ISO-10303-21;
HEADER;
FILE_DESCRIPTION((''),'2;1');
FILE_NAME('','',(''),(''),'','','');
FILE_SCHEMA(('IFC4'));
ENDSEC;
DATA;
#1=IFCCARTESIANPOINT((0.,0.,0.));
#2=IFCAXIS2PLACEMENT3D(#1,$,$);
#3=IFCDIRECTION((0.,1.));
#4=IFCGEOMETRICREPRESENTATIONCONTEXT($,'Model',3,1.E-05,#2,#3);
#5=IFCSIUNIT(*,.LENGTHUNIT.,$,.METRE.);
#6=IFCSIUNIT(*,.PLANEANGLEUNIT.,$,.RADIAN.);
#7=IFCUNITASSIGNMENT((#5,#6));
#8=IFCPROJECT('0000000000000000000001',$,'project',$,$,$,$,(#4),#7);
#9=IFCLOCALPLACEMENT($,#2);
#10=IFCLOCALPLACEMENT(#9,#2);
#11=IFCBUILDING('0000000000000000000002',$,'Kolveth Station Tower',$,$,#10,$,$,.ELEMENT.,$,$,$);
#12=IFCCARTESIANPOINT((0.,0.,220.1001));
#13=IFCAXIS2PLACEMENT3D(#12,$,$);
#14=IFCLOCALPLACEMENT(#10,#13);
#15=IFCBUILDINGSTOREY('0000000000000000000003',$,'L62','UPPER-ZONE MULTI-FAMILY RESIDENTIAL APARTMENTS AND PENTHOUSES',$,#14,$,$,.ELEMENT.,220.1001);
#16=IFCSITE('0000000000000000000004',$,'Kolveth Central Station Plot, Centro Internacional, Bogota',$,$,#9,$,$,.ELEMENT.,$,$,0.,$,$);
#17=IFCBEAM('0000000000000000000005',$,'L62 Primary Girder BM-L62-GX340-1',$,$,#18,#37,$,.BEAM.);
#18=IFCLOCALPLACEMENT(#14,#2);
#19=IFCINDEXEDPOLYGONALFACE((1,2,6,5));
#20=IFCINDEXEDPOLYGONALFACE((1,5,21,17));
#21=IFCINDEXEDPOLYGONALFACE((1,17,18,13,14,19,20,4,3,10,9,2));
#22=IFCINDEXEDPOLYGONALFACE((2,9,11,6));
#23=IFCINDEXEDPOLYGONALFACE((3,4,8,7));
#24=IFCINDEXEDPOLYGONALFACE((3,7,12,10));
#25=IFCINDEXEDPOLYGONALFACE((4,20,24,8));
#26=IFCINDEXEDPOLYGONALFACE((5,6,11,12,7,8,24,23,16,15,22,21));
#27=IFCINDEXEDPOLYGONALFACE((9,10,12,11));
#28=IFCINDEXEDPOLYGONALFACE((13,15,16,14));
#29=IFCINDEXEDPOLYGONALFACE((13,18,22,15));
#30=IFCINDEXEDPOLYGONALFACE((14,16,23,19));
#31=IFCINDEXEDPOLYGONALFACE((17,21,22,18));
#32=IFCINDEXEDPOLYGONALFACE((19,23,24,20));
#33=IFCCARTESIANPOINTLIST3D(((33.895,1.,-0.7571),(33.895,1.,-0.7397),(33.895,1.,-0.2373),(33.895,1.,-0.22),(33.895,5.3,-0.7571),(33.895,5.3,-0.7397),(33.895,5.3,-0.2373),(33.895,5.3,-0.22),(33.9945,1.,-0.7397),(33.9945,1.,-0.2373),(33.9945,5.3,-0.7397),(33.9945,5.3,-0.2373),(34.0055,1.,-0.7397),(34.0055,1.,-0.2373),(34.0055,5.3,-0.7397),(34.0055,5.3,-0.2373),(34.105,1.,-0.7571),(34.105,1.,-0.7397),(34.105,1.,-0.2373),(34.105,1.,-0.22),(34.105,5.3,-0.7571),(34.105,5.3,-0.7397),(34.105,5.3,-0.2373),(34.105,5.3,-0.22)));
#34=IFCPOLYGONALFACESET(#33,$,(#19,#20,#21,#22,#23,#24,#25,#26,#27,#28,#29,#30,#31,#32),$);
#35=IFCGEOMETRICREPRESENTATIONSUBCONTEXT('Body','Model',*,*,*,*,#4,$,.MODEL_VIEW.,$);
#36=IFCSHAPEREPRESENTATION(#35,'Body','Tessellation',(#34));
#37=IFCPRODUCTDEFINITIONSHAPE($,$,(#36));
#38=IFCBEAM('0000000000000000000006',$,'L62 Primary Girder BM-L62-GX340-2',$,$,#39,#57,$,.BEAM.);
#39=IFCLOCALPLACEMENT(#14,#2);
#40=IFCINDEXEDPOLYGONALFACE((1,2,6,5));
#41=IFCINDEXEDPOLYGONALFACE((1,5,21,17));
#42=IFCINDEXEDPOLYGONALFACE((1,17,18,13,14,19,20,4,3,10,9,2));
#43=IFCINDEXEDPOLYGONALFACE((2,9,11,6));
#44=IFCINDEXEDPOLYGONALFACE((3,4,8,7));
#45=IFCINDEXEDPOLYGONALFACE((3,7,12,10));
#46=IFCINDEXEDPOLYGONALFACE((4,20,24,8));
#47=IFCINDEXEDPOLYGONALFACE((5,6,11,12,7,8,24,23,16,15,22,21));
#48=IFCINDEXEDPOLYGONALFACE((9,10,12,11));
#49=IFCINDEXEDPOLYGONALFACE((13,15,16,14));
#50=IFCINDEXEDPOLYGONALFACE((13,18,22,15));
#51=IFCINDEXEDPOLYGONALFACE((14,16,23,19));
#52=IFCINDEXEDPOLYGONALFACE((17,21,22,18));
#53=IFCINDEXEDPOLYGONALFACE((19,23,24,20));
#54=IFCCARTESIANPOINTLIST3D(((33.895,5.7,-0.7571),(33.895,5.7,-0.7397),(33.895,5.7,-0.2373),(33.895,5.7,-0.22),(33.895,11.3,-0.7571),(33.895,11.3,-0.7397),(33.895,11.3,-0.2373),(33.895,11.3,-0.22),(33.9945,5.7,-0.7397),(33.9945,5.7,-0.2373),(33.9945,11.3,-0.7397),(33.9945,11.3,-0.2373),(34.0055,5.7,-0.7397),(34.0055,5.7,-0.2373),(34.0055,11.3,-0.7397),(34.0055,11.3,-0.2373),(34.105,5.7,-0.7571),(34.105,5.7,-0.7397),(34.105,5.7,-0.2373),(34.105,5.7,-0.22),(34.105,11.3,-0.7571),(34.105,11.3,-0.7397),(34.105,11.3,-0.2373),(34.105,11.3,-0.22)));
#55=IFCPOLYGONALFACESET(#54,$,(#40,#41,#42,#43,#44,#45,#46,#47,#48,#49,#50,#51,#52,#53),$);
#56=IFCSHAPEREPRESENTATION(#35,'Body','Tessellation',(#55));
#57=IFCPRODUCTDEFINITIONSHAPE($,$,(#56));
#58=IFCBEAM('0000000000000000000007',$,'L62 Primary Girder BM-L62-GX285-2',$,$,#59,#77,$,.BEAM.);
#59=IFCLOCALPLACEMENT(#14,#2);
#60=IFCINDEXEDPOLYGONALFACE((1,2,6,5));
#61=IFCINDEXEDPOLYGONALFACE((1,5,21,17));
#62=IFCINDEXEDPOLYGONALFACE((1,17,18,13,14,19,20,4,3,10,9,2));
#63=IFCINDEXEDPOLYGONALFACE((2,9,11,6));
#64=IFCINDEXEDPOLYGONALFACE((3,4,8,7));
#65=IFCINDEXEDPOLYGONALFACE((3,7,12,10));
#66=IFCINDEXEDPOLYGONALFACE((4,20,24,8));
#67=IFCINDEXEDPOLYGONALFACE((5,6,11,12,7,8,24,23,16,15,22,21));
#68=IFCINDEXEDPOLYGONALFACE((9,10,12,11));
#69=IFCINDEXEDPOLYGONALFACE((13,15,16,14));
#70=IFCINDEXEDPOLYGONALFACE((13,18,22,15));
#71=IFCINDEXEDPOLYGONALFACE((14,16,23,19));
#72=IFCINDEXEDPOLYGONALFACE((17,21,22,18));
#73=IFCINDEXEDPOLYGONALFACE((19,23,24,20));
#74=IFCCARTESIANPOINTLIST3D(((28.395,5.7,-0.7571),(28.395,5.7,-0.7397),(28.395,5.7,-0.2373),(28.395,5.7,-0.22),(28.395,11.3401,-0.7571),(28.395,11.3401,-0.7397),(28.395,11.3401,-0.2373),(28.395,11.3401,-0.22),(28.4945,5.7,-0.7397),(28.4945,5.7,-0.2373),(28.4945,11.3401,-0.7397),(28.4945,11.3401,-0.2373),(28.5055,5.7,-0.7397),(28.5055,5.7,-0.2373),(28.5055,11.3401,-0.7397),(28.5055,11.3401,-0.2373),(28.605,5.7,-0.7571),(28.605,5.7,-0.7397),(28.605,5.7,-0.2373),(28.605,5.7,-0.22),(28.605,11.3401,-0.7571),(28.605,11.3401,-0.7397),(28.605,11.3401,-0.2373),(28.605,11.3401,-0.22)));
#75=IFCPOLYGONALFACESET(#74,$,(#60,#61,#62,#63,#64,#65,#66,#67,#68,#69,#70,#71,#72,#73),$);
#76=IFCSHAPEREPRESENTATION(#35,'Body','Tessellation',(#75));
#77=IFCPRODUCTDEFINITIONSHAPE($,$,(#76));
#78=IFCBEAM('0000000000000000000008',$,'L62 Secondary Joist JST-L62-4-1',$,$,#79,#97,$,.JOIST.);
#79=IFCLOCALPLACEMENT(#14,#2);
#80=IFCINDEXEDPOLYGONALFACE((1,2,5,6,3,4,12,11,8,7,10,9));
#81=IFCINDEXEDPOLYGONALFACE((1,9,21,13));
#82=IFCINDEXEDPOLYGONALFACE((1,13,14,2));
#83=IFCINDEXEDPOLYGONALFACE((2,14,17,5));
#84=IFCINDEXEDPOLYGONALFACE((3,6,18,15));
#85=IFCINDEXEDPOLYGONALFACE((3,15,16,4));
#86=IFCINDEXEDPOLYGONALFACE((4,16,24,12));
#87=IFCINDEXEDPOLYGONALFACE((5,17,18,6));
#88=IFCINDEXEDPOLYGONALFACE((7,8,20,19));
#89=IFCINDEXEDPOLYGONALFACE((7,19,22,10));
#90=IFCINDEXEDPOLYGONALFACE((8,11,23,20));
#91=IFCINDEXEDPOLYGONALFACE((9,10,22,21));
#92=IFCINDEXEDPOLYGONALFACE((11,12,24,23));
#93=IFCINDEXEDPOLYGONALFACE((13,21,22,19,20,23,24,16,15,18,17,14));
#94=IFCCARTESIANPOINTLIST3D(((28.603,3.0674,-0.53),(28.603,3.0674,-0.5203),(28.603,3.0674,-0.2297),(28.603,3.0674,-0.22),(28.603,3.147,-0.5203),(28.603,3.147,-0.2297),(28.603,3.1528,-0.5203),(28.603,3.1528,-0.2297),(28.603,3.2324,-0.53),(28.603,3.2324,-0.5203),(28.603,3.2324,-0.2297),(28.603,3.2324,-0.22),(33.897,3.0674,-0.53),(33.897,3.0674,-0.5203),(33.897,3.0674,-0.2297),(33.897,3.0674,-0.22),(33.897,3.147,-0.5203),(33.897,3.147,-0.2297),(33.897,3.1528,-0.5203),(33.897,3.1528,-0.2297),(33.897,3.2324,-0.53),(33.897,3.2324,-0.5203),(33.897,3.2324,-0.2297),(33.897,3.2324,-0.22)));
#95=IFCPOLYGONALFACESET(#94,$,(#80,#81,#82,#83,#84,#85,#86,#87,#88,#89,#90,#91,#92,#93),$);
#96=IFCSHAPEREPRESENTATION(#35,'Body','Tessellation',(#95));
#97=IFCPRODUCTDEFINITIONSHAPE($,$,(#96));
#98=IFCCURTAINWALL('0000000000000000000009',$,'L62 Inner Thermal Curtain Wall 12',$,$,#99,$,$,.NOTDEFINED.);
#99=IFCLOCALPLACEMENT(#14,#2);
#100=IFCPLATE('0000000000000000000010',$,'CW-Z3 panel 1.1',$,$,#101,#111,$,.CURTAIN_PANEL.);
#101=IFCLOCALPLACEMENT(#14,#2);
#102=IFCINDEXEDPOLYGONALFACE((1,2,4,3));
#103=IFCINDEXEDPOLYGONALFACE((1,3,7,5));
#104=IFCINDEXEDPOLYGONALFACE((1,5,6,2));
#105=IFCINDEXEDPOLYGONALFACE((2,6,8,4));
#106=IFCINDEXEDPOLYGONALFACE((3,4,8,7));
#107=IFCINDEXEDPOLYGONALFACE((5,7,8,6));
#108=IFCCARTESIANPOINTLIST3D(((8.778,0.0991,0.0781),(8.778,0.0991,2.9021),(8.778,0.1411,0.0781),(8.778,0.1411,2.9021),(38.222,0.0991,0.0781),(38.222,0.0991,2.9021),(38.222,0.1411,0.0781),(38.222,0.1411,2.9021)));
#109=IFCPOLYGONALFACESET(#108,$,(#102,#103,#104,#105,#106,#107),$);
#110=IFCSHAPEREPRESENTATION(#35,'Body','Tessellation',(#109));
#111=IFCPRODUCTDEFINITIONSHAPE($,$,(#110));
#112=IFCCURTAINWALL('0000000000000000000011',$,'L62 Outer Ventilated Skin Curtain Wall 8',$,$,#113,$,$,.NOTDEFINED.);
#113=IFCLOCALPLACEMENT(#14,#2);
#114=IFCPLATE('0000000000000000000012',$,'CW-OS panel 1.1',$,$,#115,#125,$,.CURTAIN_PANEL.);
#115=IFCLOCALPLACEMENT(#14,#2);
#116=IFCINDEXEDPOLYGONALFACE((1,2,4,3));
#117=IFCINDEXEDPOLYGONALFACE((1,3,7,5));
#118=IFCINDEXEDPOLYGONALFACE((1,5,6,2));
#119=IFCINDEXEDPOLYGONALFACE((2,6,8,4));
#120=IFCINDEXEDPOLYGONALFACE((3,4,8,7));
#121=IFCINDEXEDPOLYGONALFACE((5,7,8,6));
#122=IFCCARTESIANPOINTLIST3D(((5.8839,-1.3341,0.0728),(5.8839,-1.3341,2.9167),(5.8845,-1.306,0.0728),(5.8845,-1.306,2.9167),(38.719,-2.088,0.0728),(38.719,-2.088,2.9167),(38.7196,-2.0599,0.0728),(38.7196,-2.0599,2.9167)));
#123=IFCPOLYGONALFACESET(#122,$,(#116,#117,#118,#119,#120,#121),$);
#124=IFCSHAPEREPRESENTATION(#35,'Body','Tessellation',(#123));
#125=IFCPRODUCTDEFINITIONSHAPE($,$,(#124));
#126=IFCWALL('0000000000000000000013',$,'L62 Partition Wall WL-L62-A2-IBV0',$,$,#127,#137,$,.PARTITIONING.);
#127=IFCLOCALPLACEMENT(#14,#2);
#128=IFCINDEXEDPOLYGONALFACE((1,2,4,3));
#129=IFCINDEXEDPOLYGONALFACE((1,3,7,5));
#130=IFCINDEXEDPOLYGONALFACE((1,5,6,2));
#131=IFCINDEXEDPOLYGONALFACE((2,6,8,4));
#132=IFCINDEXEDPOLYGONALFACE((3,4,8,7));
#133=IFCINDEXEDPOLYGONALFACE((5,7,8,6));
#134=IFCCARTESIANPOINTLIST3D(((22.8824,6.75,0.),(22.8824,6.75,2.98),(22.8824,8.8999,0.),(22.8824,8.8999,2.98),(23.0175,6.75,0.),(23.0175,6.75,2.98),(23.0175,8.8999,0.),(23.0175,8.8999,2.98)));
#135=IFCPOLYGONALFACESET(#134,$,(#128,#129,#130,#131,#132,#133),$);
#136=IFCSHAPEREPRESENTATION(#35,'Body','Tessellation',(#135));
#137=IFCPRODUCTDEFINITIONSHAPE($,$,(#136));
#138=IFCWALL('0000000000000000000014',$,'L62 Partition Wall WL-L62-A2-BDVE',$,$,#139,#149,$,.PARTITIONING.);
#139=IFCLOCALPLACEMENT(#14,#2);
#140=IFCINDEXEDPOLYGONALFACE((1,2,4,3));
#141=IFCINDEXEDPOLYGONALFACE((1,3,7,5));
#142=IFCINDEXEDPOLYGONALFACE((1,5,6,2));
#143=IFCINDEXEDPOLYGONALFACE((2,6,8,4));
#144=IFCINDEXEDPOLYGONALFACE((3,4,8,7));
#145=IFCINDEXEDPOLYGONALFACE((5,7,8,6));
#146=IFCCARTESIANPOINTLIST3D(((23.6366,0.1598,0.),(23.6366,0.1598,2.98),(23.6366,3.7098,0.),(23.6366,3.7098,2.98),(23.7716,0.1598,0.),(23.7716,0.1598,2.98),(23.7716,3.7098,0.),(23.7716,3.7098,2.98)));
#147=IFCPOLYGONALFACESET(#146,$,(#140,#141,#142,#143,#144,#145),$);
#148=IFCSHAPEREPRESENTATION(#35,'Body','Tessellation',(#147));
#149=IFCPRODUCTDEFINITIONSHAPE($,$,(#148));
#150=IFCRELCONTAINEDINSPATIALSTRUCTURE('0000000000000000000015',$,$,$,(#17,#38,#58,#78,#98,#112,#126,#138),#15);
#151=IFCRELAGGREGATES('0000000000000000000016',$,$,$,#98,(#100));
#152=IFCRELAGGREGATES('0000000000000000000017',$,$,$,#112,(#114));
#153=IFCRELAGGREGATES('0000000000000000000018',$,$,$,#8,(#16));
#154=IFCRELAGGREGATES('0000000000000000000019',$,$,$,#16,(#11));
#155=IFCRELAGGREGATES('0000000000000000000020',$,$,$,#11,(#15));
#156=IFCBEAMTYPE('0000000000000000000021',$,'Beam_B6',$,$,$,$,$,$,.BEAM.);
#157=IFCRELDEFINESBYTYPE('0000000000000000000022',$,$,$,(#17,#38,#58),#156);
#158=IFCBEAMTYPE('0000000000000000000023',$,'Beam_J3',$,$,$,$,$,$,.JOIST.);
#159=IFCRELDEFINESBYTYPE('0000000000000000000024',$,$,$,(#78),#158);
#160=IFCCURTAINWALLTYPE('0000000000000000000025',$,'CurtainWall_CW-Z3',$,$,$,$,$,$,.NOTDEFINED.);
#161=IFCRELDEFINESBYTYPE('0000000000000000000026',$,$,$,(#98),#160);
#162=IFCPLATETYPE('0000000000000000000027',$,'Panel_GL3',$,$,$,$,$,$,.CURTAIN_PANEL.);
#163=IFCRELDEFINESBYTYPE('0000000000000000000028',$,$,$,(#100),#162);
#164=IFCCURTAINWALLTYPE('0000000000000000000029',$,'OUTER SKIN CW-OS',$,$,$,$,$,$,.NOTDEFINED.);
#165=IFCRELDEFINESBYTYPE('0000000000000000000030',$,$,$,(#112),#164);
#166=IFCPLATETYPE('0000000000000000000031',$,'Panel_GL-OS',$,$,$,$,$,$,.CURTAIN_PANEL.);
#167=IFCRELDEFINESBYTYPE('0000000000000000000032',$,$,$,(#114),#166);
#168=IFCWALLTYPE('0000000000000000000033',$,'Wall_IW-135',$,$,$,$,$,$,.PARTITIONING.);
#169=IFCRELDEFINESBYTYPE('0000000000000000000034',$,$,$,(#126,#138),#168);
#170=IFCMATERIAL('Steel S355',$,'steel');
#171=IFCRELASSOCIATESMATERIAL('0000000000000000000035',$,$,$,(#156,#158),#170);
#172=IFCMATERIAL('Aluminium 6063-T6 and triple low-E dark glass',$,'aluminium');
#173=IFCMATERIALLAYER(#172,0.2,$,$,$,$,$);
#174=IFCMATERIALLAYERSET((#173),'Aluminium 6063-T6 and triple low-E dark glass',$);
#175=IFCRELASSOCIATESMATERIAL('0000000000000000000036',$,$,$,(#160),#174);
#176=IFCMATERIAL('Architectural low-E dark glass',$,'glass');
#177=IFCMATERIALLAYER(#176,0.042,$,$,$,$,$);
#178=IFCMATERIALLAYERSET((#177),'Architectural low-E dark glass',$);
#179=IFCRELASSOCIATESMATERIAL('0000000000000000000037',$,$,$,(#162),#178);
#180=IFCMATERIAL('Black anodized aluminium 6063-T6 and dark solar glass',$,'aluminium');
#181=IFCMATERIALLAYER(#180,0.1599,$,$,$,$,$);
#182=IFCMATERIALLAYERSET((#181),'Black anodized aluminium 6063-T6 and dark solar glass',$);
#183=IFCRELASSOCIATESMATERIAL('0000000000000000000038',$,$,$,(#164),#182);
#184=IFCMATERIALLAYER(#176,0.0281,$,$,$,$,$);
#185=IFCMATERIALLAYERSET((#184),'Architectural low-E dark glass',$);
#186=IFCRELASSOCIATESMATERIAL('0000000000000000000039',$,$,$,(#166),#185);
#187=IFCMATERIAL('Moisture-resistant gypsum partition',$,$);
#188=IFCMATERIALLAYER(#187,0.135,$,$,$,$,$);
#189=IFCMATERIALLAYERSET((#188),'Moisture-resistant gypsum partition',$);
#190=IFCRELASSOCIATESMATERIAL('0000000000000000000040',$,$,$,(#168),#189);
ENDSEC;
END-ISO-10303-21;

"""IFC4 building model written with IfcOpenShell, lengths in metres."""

from ifc_helpers import new_model, si_unit, direction, frame, frame_2d, origin, origin_2d, place, context, subcontext, project, spatial, rectangle, i_section, extrude, source, transform, mapped, material, layer, layer_set, material_profile, profile_set, type_object, element, aggregate, save


model = new_model("IFC4")

# Units and contexts
model_context = context("Model", 3, precision=1e-05, world=origin(), true_north=direction((0.0, 1.0)))
body_context = subcontext(model_context, "Body", "Model", "MODEL_VIEW")
ifc_project = project(units=[si_unit("LENGTHUNIT", "METRE"), si_unit("PLANEANGLEUNIT", "RADIAN")], contexts=[model_context])

# Site, building, storey
site_placement = place(None, origin())
site = spatial("IfcSite", under=ifc_project, at=site_placement, Name="Kolveth Central Station Plot, Centro Internacional, Bogota", CompositionType="ELEMENT", RefElevation=0.0)
building_placement = place(site_placement, origin())
building = spatial("IfcBuilding", under=site, at=building_placement, Name="Kolveth Station Tower", CompositionType="ELEMENT")
storey_placement = place(building_placement, frame((0.0, 0.0, 220.1001)))
storey = spatial("IfcBuildingStorey", under=building, at=storey_placement, Name="L62", Description="UPPER-ZONE MULTI-FAMILY RESIDENTIAL APARTMENTS AND PENTHOUSES", CompositionType="ELEMENT", Elevation=220.1001)

# Shared definitions
ifc_material_1 = material(Name="Steel S355", Category="steel")

# Beams
ifc_material_profile_1 = material_profile(ifc_material_1, i_section(OverallWidth=0.21, OverallDepth=0.5371, WebThickness=0.011, FlangeThickness=0.0173, at=origin_2d()), Name="W530x101")
ifc_profile_set_1 = profile_set([ifc_material_profile_1], Name="Steel S355")
beam_type_1 = type_object("IfcBeamType", Name="Beam_B6", PredefinedType="BEAM", material=ifc_profile_set_1)
shared_shape_1 = source(origin(), body_context, "Body", "SweptSolid", [
    extrude(i_section(OverallWidth=0.21, OverallDepth=0.5371, WebThickness=0.011, FlangeThickness=0.0173, at=origin_2d()), origin(), (0.0, 0.0, 1.0), 4.3),
])
for number, where, z_axis, x_axis, name in (
    (1, (34.0, 1.0, -0.4885), (0.0, 1.0, 0.0), (-1.0, 0.0, 0.0), "L62 Primary Girder BM-L62-GX340-1"),
):
    element("IfcBeam", number, at=place(storey_placement, frame(where, z_axis=z_axis, x_axis=x_axis)), inside=storey, type_object=beam_type_1, Name=name, PredefinedType="BEAM", context=body_context, shape_type="MappedRepresentation", body=[
        mapped(shared_shape_1, transform((0.0, 0.0, 0.0), x_axis=(1.0, 0.0, 0.0), y_axis=(0.0, 1.0, 0.0), z_axis=(0.0, 0.0, 1.0), scale=1.0)),
    ])
shared_shape_2 = source(origin(), body_context, "Body", "SweptSolid", [
    extrude(i_section(OverallWidth=0.21, OverallDepth=0.5371, WebThickness=0.011, FlangeThickness=0.0173, at=origin_2d()), origin(), (0.0, 0.0, 1.0), 5.6001),
])
beam_1_placement = place(storey_placement, frame((34.0, 5.7, -0.4885), z_axis=(0.0, 1.0, 0.0), x_axis=(-1.0, 0.0, 0.0)))
element("IfcBeam", 2, at=beam_1_placement, inside=storey, type_object=beam_type_1, Name="L62 Primary Girder BM-L62-GX340-2", PredefinedType="BEAM", context=body_context, shape_type="MappedRepresentation", body=[
    mapped(shared_shape_2, transform((0.0, 0.0, 0.0), x_axis=(1.0, 0.0, 0.0), y_axis=(0.0, 1.0, 0.0), z_axis=(0.0, 0.0, 1.0), scale=1.0)),
])
shared_shape_3 = source(origin(), body_context, "Body", "SweptSolid", [
    extrude(i_section(OverallWidth=0.21, OverallDepth=0.5371, WebThickness=0.011, FlangeThickness=0.0173, at=origin_2d()), origin(), (0.0, 0.0, 1.0), 5.6401),
])
beam_2_placement = place(storey_placement, frame((28.5, 5.7, -0.4885), z_axis=(0.0, 1.0, 0.0), x_axis=(-1.0, 0.0, 0.0)))
element("IfcBeam", 3, at=beam_2_placement, inside=storey, type_object=beam_type_1, Name="L62 Primary Girder BM-L62-GX285-2", PredefinedType="BEAM", context=body_context, shape_type="MappedRepresentation", body=[
    mapped(shared_shape_3, transform((0.0, 0.0, 0.0), x_axis=(1.0, 0.0, 0.0), y_axis=(0.0, 1.0, 0.0), z_axis=(0.0, 0.0, 1.0), scale=1.0)),
])
ifc_material_profile_2 = material_profile(ifc_material_1, i_section(OverallWidth=0.165, OverallDepth=0.3101, WebThickness=0.0059, FlangeThickness=0.0098, at=origin_2d()), Name="W310x39")
ifc_profile_set_2 = profile_set([ifc_material_profile_2], Name="Steel S355")
beam_type_2 = type_object("IfcBeamType", Name="Beam_J3", PredefinedType="JOIST", material=ifc_profile_set_2)
shared_shape_4 = source(origin(), body_context, "Body", "SweptSolid", [
    extrude(i_section(OverallWidth=0.165, OverallDepth=0.3101, WebThickness=0.0059, FlangeThickness=0.0098, at=origin_2d()), origin(), (0.0, 0.0, 1.0), 5.2939),
])
beam_3_placement = place(storey_placement, frame((28.603, 3.1499, -0.375), z_axis=(1.0, 0.0, 0.0), x_axis=(0.0, 1.0, 0.0)))
element("IfcBeam", 4, at=beam_3_placement, inside=storey, type_object=beam_type_2, Name="L62 Secondary Joist JST-L62-4-1", PredefinedType="JOIST", context=body_context, shape_type="MappedRepresentation", body=[
    mapped(shared_shape_4, transform((0.0, 0.0, 0.0), x_axis=(1.0, 0.0, 0.0), y_axis=(0.0, 1.0, 0.0), z_axis=(0.0, 0.0, 1.0), scale=1.0)),
])

# Curtain walls, plates
ifc_material_2 = material(Name="Aluminium 6063-T6 and triple low-E dark glass", Category="aluminium")
ifc_layer_1 = layer(ifc_material_2, 0.2)
ifc_layer_set_1 = layer_set([ifc_layer_1], Name="Aluminium 6063-T6 and triple low-E dark glass")
curtain_wall_type_1 = type_object("IfcCurtainWallType", Name="CurtainWall_CW-Z3", PredefinedType="NOTDEFINED", material=ifc_layer_set_1)
curtain_wall_1_placement = place(storey_placement, origin())
curtain_wall_1 = element("IfcCurtainWall", 5, at=curtain_wall_1_placement, inside=storey, type_object=curtain_wall_type_1, Name="L62 Inner Thermal Curtain Wall 12", PredefinedType="NOTDEFINED")
ifc_material_3 = material(Name="Architectural low-E dark glass", Category="glass")
ifc_layer_2 = layer(ifc_material_3, 0.042)
ifc_layer_set_2 = layer_set([ifc_layer_2], Name="Architectural low-E dark glass")
plate_type_1 = type_object("IfcPlateType", Name="Panel_GL3", PredefinedType="CURTAIN_PANEL", material=ifc_layer_set_2)
shared_shape_5 = source(origin(), body_context, "Body", "SweptSolid", [
    extrude(rectangle(XDim=29.4441, YDim=0.042, at=origin_2d()), origin(), (0.0, 0.0, 1.0), 2.824),
])
plate_1_placement = place(storey_placement, frame((23.5, 0.1201, 0.0781), z_axis=(0.0, 0.0, 1.0), x_axis=(1.0, 0.0, 0.0)))
plate_1 = element("IfcPlate", 6, at=plate_1_placement, type_object=plate_type_1, Name="CW-Z3 panel 1.1", PredefinedType="CURTAIN_PANEL", context=body_context, shape_type="MappedRepresentation", body=[
    mapped(shared_shape_5, transform((0.0, 0.0, 0.0), x_axis=(1.0, 0.0, 0.0), y_axis=(0.0, 1.0, 0.0), z_axis=(0.0, 0.0, 1.0), scale=1.0)),
])
aggregate(curtain_wall_1, [plate_1])
ifc_material_4 = material(Name="Black anodized aluminium 6063-T6 and dark solar glass", Category="aluminium")
ifc_layer_3 = layer(ifc_material_4, 0.1599)
ifc_layer_set_3 = layer_set([ifc_layer_3], Name="Black anodized aluminium 6063-T6 and dark solar glass")
curtain_wall_type_2 = type_object("IfcCurtainWallType", Name="OUTER SKIN CW-OS", PredefinedType="NOTDEFINED", material=ifc_layer_set_3)
curtain_wall_2_placement = place(storey_placement, origin())
curtain_wall_2 = element("IfcCurtainWall", 7, at=curtain_wall_2_placement, inside=storey, type_object=curtain_wall_type_2, Name="L62 Outer Ventilated Skin Curtain Wall 8", PredefinedType="NOTDEFINED")
ifc_layer_4 = layer(ifc_material_3, 0.0281)
ifc_layer_set_4 = layer_set([ifc_layer_4], Name="Architectural low-E dark glass")
plate_type_2 = type_object("IfcPlateType", Name="Panel_GL-OS", PredefinedType="CURTAIN_PANEL", material=ifc_layer_set_4)
shared_shape_6 = source(origin(), body_context, "Body", "SweptSolid", [
    extrude(rectangle(XDim=32.8438, YDim=0.0281, at=origin_2d()), origin(), (0.0, 0.0, 1.0), 2.844),
])
plate_2_placement = place(storey_placement, frame((22.3018, -1.697, 0.0728), z_axis=(0.0, 0.0, 1.0), x_axis=(0.999737, -0.022954, 0.0)))
plate_2 = element("IfcPlate", 8, at=plate_2_placement, type_object=plate_type_2, Name="CW-OS panel 1.1", PredefinedType="CURTAIN_PANEL", context=body_context, shape_type="MappedRepresentation", body=[
    mapped(shared_shape_6, transform((0.0, 0.0, 0.0), x_axis=(1.0, 0.0, 0.0), y_axis=(0.0, 1.0, 0.0), z_axis=(0.0, 0.0, 1.0), scale=1.0)),
])
aggregate(curtain_wall_2, [plate_2])

# Shared definitions
ifc_material_5 = material(Name="Moisture-resistant gypsum partition")
ifc_layer_5 = layer(ifc_material_5, 0.135)
ifc_layer_set_5 = layer_set([ifc_layer_5], Name="Moisture-resistant gypsum partition")
wall_type_1 = type_object("IfcWallType", Name="Wall_IW-135", PredefinedType="PARTITIONING", material=ifc_layer_set_5)

# Walls
wall_1_placement = place(storey_placement, frame((22.95, 6.75, 0.0), z_axis=(0.0, 0.0, 1.0), x_axis=(0.0, 1.0, 0.0)))
element("IfcWall", 9, at=wall_1_placement, inside=storey, type_object=wall_type_1, Name="L62 Partition Wall WL-L62-A2-IBV0", PredefinedType="PARTITIONING", context=body_context, shape_type="SweptSolid", body=[
    extrude(rectangle(XDim=2.1499, YDim=0.135, at=frame_2d((1.075, 0.0))), origin(), (0.0, 0.0, 1.0), 2.98),
])
wall_2_placement = place(storey_placement, frame((23.7041, 0.1599, 0.0), z_axis=(0.0, 0.0, 1.0), x_axis=(0.0, 1.0, 0.0)))
element("IfcWall", 10, at=wall_2_placement, inside=storey, type_object=wall_type_1, Name="L62 Partition Wall WL-L62-A2-BDVE", PredefinedType="PARTITIONING", context=body_context, shape_type="SweptSolid", body=[
    extrude(rectangle(XDim=3.55, YDim=0.135, at=frame_2d((1.7749, 0.0))), origin(), (0.0, 0.0, 1.0), 2.98),
])

save(model, "model.ifc")
